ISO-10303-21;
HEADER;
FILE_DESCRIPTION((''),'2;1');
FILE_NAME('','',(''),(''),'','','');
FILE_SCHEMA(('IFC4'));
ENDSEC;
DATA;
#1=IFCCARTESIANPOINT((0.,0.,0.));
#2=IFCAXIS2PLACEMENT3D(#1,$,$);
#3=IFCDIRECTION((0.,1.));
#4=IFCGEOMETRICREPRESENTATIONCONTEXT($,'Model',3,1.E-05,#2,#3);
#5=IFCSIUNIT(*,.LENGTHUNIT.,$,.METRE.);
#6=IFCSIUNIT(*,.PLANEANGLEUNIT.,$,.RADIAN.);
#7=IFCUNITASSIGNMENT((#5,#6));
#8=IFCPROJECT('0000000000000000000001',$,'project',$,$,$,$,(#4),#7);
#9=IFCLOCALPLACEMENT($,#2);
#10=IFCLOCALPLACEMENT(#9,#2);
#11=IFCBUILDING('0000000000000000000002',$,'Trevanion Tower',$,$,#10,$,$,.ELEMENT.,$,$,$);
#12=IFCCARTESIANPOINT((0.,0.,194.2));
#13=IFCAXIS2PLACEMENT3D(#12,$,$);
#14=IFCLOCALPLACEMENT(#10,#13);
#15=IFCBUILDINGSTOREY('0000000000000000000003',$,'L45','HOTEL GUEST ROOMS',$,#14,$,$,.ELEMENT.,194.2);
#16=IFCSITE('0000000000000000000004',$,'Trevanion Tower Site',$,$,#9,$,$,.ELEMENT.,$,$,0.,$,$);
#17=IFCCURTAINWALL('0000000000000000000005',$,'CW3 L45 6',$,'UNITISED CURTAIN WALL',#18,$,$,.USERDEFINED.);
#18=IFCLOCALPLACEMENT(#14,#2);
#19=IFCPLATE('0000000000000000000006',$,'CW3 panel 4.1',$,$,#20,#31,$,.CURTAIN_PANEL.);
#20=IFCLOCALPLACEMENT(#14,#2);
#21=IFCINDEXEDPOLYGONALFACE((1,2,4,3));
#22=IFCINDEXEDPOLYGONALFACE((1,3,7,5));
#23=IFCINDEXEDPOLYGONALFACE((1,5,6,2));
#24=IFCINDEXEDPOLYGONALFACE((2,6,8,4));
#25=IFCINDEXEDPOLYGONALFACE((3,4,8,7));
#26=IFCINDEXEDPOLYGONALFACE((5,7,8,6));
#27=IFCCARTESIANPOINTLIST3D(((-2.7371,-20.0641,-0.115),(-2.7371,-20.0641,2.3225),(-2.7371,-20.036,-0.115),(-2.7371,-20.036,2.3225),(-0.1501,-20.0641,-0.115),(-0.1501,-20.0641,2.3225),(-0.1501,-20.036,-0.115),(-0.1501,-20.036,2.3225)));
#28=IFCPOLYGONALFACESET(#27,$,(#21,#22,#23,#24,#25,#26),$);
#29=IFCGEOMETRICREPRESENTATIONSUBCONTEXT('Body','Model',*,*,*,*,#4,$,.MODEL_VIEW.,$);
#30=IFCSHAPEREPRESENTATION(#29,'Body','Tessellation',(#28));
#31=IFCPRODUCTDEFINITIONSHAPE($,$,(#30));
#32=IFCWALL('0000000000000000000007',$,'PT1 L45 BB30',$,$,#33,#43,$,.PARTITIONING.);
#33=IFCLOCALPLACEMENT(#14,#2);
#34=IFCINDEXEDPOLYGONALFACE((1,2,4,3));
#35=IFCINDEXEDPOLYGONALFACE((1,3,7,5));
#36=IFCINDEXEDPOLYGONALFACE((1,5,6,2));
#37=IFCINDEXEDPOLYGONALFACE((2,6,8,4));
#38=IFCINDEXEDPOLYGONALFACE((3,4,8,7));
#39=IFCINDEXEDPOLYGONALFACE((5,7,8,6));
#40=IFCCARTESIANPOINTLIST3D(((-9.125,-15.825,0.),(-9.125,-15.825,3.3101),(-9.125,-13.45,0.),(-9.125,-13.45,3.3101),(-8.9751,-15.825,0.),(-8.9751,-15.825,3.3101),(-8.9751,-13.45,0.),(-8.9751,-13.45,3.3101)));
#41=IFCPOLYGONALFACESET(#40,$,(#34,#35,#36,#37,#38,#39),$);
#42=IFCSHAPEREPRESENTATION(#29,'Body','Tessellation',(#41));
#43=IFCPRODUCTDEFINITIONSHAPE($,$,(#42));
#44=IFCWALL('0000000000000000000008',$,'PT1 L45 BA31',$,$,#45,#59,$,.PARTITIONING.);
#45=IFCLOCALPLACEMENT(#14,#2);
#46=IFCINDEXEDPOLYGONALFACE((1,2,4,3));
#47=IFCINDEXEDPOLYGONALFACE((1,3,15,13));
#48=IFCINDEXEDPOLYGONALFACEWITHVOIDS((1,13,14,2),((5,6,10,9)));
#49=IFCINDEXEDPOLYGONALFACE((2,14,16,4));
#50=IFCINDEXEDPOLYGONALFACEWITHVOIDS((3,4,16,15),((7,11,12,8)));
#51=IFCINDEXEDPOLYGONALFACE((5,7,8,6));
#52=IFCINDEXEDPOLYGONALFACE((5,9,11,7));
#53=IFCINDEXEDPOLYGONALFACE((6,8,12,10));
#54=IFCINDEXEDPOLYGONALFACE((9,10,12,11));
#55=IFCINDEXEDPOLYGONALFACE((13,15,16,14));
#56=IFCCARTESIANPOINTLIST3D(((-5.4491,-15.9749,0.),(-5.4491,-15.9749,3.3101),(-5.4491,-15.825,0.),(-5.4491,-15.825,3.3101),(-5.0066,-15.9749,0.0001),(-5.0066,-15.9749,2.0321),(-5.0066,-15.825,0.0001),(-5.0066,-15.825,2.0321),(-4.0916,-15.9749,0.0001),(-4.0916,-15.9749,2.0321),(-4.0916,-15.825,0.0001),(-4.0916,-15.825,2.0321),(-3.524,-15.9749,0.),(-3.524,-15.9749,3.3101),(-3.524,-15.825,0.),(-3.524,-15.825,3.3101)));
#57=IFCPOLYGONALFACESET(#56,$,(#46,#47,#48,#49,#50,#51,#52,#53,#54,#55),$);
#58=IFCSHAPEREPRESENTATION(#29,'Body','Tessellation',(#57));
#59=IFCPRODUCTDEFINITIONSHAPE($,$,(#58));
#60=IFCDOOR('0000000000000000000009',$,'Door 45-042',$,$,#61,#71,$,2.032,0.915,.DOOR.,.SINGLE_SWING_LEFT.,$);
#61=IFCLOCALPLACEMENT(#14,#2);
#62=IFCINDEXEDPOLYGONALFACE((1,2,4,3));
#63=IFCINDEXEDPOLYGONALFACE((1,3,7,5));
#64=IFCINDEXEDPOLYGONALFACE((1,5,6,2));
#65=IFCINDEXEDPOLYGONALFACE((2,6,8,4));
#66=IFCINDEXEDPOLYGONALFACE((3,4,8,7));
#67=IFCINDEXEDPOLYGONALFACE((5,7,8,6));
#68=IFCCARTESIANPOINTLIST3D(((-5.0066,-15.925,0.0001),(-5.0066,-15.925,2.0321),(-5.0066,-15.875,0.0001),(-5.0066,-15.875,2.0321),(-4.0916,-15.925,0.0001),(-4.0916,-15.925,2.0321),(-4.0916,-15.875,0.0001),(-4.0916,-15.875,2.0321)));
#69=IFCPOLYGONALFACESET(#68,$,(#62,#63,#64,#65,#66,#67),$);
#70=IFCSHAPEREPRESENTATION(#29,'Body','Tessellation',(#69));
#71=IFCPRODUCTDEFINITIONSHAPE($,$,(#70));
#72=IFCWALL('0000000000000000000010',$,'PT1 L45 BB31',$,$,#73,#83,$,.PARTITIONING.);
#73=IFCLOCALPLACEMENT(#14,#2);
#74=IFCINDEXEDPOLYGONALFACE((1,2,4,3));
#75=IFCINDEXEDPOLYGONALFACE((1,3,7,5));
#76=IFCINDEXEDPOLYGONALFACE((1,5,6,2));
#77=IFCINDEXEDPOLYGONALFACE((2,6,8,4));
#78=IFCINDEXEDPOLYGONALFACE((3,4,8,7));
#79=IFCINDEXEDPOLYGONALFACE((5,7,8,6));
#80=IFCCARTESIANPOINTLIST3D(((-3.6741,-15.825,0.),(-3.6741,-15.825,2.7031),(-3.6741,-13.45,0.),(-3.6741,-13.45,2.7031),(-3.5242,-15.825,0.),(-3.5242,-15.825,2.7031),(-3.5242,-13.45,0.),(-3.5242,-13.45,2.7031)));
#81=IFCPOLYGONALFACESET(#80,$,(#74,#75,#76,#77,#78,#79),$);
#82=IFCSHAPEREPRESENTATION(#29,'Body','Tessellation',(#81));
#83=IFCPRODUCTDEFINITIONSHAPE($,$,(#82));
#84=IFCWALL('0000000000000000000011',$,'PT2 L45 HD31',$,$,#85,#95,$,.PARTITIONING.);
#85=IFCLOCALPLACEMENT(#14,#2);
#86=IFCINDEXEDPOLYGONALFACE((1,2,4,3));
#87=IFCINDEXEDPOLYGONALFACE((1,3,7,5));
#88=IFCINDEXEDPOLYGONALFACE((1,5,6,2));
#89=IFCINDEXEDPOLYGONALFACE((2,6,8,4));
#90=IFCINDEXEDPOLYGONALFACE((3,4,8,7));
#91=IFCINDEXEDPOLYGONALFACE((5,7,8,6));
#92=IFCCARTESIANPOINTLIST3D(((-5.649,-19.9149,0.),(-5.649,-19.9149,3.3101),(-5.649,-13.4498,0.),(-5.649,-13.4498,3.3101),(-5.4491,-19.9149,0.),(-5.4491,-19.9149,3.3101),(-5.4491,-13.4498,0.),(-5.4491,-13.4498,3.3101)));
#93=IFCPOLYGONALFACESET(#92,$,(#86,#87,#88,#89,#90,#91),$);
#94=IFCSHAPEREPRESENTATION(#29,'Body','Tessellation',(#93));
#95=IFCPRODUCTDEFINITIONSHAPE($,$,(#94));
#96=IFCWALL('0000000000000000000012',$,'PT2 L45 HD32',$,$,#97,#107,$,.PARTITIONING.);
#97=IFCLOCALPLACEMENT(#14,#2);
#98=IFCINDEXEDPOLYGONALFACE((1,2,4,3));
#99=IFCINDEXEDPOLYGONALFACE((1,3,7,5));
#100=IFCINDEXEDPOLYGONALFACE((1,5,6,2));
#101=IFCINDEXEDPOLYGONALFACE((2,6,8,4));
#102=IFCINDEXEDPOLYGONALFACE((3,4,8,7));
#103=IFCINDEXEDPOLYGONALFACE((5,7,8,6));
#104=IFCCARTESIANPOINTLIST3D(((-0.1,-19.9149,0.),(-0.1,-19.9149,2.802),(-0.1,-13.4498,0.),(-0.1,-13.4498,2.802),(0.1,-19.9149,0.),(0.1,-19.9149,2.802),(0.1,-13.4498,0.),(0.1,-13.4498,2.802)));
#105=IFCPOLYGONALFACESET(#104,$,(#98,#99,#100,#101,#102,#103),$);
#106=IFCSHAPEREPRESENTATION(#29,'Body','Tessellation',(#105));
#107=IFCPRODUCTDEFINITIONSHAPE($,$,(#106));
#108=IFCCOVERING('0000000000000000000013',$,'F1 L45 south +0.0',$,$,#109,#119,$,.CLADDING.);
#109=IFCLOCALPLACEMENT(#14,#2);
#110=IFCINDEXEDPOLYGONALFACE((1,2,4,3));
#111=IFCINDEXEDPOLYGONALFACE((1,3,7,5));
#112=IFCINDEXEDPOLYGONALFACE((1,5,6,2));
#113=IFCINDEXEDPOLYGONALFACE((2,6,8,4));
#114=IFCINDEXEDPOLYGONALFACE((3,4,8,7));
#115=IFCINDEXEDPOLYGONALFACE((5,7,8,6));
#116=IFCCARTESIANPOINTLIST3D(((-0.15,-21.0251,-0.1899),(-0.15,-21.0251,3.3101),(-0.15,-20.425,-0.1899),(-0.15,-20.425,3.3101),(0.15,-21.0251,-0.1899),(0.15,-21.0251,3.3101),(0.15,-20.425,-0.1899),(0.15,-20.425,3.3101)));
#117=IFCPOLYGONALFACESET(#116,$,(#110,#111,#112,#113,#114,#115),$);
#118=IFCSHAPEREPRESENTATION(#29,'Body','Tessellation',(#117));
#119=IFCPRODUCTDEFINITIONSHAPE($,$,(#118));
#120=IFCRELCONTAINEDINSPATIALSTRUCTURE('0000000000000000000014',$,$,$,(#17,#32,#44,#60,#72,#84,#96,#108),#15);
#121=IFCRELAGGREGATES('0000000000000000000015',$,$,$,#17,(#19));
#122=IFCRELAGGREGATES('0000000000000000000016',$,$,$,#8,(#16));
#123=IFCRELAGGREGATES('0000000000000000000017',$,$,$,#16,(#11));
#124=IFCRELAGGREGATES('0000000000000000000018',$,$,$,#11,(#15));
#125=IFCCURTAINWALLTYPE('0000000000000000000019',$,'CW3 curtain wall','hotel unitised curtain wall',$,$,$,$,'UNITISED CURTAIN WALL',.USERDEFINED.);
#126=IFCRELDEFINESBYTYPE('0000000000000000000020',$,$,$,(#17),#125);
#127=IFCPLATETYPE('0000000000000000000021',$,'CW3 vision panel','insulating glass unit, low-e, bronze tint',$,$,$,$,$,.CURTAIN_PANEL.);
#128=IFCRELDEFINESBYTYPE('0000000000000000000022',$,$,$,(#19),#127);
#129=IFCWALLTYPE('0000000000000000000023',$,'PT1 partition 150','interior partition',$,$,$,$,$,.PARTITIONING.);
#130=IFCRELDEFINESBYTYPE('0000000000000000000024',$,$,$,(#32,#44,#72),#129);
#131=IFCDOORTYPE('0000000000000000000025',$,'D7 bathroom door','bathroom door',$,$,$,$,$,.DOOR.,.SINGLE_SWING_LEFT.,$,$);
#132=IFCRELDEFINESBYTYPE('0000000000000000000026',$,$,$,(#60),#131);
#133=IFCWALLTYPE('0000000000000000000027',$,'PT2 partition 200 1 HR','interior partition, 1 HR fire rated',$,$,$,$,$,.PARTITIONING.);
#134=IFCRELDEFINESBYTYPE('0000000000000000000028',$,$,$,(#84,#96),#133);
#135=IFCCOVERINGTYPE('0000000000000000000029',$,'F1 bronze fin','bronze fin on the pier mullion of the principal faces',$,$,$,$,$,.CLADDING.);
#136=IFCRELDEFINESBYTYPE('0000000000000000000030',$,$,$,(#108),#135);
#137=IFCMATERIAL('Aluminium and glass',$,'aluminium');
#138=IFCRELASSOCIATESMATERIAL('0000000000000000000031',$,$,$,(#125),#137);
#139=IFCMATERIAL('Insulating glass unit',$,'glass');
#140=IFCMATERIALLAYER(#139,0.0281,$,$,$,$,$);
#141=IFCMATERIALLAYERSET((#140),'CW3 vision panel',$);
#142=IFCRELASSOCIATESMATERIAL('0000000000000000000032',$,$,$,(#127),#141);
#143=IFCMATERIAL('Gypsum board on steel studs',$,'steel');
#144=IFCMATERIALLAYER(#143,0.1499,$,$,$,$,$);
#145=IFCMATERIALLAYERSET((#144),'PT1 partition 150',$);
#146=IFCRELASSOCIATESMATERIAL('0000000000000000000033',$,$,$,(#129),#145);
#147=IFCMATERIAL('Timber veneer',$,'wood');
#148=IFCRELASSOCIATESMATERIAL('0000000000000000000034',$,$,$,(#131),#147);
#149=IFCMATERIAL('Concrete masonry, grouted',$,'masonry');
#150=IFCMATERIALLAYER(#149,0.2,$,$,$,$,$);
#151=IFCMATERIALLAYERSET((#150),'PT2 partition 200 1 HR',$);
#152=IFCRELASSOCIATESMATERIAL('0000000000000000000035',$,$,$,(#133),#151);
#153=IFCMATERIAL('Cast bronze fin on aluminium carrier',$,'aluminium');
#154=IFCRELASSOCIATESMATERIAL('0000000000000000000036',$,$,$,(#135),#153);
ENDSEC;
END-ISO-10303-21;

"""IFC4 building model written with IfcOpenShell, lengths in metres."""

from ifc_helpers import new_model, si_unit, direction, frame, frame_2d, origin, origin_2d, place, context, subcontext, project, spatial, rectangle, extrude, material, layer, layer_set, type_object, element, fill, aggregate, save


model = new_model("IFC4")

# Units and contexts
model_context = context("Model", 3, precision=1e-05, world=origin(), true_north=direction((0.0, 1.0)))
body_context = subcontext(model_context, "Body", "Model", "MODEL_VIEW")
ifc_project = project(units=[si_unit("LENGTHUNIT", "METRE"), si_unit("PLANEANGLEUNIT", "RADIAN")], contexts=[model_context])

# Site, building, storey
site_placement = place(None, origin())
site = spatial("IfcSite", under=ifc_project, at=site_placement, Name="Trevanion Tower Site", CompositionType="ELEMENT", RefElevation=0.0)
building_placement = place(site_placement, origin())
building = spatial("IfcBuilding", under=site, at=building_placement, Name="Trevanion Tower", CompositionType="ELEMENT")
storey_placement = place(building_placement, frame((0.0, 0.0, 194.2)))
storey = spatial("IfcBuildingStorey", under=building, at=storey_placement, Name="L45", Description="HOTEL GUEST ROOMS", CompositionType="ELEMENT", Elevation=194.2)

# Curtain wall
ifc_material_1 = material(Name="Aluminium and glass", Category="aluminium")
curtain_wall_type = type_object("IfcCurtainWallType", Name="CW3 curtain wall", Description="hotel unitised curtain wall", ElementType="UNITISED CURTAIN WALL", PredefinedType="USERDEFINED", material=ifc_material_1)
curtain_wall_placement = place(storey_placement, origin())
curtain_wall = element("IfcCurtainWall", 1, at=curtain_wall_placement, inside=storey, type_object=curtain_wall_type, Name="CW3 L45 6", ObjectType="UNITISED CURTAIN WALL", PredefinedType="USERDEFINED")

# Plate
ifc_material_2 = material(Name="Insulating glass unit", Category="glass")
ifc_layer_1 = layer(ifc_material_2, 0.0281)
ifc_layer_set_1 = layer_set([ifc_layer_1], Name="CW3 vision panel")
plate_type_1 = type_object("IfcPlateType", Name="CW3 vision panel", Description="insulating glass unit, low-e, bronze tint", PredefinedType="CURTAIN_PANEL", material=ifc_layer_set_1)
plate_1_placement = place(storey_placement, frame((-1.4436, -20.05, -0.115), z_axis=(0.0, 0.0, 1.0), x_axis=(1.0, 0.0, 0.0)))
plate_1 = element("IfcPlate", 2, at=plate_1_placement, type_object=plate_type_1, Name="CW3 panel 4.1", PredefinedType="CURTAIN_PANEL", context=body_context, shape_type="SweptSolid", body=[
    extrude(rectangle(XDim=2.5869, YDim=0.0281, at=origin_2d()), origin(), (0.0, 0.0, 1.0), 2.4375),
])
aggregate(curtain_wall, [plate_1])

# Wall
ifc_material_3 = material(Name="Gypsum board on steel studs", Category="steel")
ifc_layer_2 = layer(ifc_material_3, 0.1499)
ifc_layer_set_2 = layer_set([ifc_layer_2], Name="PT1 partition 150")
wall_type_1 = type_object("IfcWallType", Name="PT1 partition 150", Description="interior partition", PredefinedType="PARTITIONING", material=ifc_layer_set_2)
wall_1_placement = place(storey_placement, frame((-9.05, -13.45, 0.0), z_axis=(0.0, 0.0, 1.0), x_axis=(0.0, -1.0, 0.0)))
element("IfcWall", 3, at=wall_1_placement, inside=storey, type_object=wall_type_1, Name="PT1 L45 BB30", PredefinedType="PARTITIONING", context=body_context, shape_type="SweptSolid", body=[
    extrude(rectangle(XDim=2.375, YDim=0.1499, at=frame_2d((1.1875, 0.0))), origin(), (0.0, 0.0, 1.0), 3.3101),
])

# Wall, opening, door
wall_2_placement = place(storey_placement, frame((-5.449, -15.8999, 0.0), z_axis=(0.0, 0.0, 1.0), x_axis=(1.0, 0.0, 0.0)))
wall_2 = element("IfcWall", 4, at=wall_2_placement, inside=storey, type_object=wall_type_1, Name="PT1 L45 BA31", PredefinedType="PARTITIONING", context=body_context, shape_type="SweptSolid", body=[
    extrude(rectangle(XDim=1.925, YDim=0.1499, at=frame_2d((0.9624, 0.0))), origin(), (0.0, 0.0, 1.0), 3.3101),
])
opening_placement = place(wall_2_placement, frame((0.4424, 0.0, 0.0)))
opening = element("IfcOpeningElement", 5, at=opening_placement, cuts=wall_2, PredefinedType="OPENING", context=body_context, shape_type="SweptSolid", body=[
    extrude(rectangle(XDim=0.915, YDim=2.032, at=frame_2d((0.4575, 1.0161))), frame((0.0, 0.085, 0.0), z_axis=(0.0, -1.0, 0.0), x_axis=(1.0, 0.0, 0.0)), (0.0, 0.0, 1.0), 0.1699),
])
ifc_material_4 = material(Name="Timber veneer", Category="wood")
door_type = type_object("IfcDoorType", Name="D7 bathroom door", Description="bathroom door", OperationType="SINGLE_SWING_LEFT", PredefinedType="DOOR", material=ifc_material_4)
door_placement = place(opening_placement, origin())
door = element("IfcDoor", 6, at=door_placement, inside=storey, type_object=door_type, Name="Door 45-042", OperationType="SINGLE_SWING_LEFT", OverallHeight=2.032, OverallWidth=0.915, PredefinedType="DOOR", context=body_context, shape_type="SweptSolid", body=[
    extrude(rectangle(XDim=0.915, YDim=2.032, at=frame_2d((0.4575, 1.0161))), frame((0.0, 0.0249, 0.0), z_axis=(0.0, -1.0, 0.0), x_axis=(1.0, 0.0, 0.0)), (0.0, 0.0, 1.0), 0.05),
])
fill(opening, door)

# Walls
wall_3_placement = place(storey_placement, frame((-3.5991, -13.45, 0.0), z_axis=(0.0, 0.0, 1.0), x_axis=(0.0, -1.0, 0.0)))
element("IfcWall", 7, at=wall_3_placement, inside=storey, type_object=wall_type_1, Name="PT1 L45 BB31", PredefinedType="PARTITIONING", context=body_context, shape_type="SweptSolid", body=[
    extrude(rectangle(XDim=2.375, YDim=0.1499, at=frame_2d((1.1875, 0.0))), origin(), (0.0, 0.0, 1.0), 2.7031),
])
ifc_material_5 = material(Name="Concrete masonry, grouted", Category="masonry")
ifc_layer_3 = layer(ifc_material_5, 0.2)
ifc_layer_set_3 = layer_set([ifc_layer_3], Name="PT2 partition 200 1 HR")
wall_type_2 = type_object("IfcWallType", Name="PT2 partition 200 1 HR", Description="interior partition, 1 HR fire rated", PredefinedType="PARTITIONING", material=ifc_layer_set_3)
wall_4_placement = place(storey_placement, frame((-5.5491, -13.45, 0.0), z_axis=(0.0, 0.0, 1.0), x_axis=(0.0, -1.0, 0.0)))
element("IfcWall", 8, at=wall_4_placement, inside=storey, type_object=wall_type_2, Name="PT2 L45 HD31", PredefinedType="PARTITIONING", context=body_context, shape_type="SweptSolid", body=[
    extrude(rectangle(XDim=6.4651, YDim=0.2, at=frame_2d((3.2324, 0.0))), origin(), (0.0, 0.0, 1.0), 3.3101),
])
wall_5_placement = place(storey_placement, frame((0.0, -13.45, 0.0), z_axis=(0.0, 0.0, 1.0), x_axis=(0.0, -1.0, 0.0)))
element("IfcWall", 9, at=wall_5_placement, inside=storey, type_object=wall_type_2, Name="PT2 L45 HD32", PredefinedType="PARTITIONING", context=body_context, shape_type="SweptSolid", body=[
    extrude(rectangle(XDim=6.4651, YDim=0.2, at=frame_2d((3.2324, 0.0))), origin(), (0.0, 0.0, 1.0), 2.802),
])

# Covering
ifc_material_6 = material(Name="Cast bronze fin on aluminium carrier", Category="aluminium")
covering_type = type_object("IfcCoveringType", Name="F1 bronze fin", Description="bronze fin on the pier mullion of the principal faces", PredefinedType="CLADDING", material=ifc_material_6)
covering_placement = place(storey_placement, frame((0.0, -20.7251, -0.1899), z_axis=(0.0, 0.0, 1.0), x_axis=(1.0, 0.0, 0.0)))
element("IfcCovering", 10, at=covering_placement, inside=storey, type_object=covering_type, Name="F1 L45 south +0.0", PredefinedType="CLADDING", context=body_context, shape_type="SweptSolid", body=[
    extrude(rectangle(XDim=0.3, YDim=0.6001, at=origin_2d()), origin(), (0.0, 0.0, 1.0), 3.5),
])

save(model, "model.ifc")
